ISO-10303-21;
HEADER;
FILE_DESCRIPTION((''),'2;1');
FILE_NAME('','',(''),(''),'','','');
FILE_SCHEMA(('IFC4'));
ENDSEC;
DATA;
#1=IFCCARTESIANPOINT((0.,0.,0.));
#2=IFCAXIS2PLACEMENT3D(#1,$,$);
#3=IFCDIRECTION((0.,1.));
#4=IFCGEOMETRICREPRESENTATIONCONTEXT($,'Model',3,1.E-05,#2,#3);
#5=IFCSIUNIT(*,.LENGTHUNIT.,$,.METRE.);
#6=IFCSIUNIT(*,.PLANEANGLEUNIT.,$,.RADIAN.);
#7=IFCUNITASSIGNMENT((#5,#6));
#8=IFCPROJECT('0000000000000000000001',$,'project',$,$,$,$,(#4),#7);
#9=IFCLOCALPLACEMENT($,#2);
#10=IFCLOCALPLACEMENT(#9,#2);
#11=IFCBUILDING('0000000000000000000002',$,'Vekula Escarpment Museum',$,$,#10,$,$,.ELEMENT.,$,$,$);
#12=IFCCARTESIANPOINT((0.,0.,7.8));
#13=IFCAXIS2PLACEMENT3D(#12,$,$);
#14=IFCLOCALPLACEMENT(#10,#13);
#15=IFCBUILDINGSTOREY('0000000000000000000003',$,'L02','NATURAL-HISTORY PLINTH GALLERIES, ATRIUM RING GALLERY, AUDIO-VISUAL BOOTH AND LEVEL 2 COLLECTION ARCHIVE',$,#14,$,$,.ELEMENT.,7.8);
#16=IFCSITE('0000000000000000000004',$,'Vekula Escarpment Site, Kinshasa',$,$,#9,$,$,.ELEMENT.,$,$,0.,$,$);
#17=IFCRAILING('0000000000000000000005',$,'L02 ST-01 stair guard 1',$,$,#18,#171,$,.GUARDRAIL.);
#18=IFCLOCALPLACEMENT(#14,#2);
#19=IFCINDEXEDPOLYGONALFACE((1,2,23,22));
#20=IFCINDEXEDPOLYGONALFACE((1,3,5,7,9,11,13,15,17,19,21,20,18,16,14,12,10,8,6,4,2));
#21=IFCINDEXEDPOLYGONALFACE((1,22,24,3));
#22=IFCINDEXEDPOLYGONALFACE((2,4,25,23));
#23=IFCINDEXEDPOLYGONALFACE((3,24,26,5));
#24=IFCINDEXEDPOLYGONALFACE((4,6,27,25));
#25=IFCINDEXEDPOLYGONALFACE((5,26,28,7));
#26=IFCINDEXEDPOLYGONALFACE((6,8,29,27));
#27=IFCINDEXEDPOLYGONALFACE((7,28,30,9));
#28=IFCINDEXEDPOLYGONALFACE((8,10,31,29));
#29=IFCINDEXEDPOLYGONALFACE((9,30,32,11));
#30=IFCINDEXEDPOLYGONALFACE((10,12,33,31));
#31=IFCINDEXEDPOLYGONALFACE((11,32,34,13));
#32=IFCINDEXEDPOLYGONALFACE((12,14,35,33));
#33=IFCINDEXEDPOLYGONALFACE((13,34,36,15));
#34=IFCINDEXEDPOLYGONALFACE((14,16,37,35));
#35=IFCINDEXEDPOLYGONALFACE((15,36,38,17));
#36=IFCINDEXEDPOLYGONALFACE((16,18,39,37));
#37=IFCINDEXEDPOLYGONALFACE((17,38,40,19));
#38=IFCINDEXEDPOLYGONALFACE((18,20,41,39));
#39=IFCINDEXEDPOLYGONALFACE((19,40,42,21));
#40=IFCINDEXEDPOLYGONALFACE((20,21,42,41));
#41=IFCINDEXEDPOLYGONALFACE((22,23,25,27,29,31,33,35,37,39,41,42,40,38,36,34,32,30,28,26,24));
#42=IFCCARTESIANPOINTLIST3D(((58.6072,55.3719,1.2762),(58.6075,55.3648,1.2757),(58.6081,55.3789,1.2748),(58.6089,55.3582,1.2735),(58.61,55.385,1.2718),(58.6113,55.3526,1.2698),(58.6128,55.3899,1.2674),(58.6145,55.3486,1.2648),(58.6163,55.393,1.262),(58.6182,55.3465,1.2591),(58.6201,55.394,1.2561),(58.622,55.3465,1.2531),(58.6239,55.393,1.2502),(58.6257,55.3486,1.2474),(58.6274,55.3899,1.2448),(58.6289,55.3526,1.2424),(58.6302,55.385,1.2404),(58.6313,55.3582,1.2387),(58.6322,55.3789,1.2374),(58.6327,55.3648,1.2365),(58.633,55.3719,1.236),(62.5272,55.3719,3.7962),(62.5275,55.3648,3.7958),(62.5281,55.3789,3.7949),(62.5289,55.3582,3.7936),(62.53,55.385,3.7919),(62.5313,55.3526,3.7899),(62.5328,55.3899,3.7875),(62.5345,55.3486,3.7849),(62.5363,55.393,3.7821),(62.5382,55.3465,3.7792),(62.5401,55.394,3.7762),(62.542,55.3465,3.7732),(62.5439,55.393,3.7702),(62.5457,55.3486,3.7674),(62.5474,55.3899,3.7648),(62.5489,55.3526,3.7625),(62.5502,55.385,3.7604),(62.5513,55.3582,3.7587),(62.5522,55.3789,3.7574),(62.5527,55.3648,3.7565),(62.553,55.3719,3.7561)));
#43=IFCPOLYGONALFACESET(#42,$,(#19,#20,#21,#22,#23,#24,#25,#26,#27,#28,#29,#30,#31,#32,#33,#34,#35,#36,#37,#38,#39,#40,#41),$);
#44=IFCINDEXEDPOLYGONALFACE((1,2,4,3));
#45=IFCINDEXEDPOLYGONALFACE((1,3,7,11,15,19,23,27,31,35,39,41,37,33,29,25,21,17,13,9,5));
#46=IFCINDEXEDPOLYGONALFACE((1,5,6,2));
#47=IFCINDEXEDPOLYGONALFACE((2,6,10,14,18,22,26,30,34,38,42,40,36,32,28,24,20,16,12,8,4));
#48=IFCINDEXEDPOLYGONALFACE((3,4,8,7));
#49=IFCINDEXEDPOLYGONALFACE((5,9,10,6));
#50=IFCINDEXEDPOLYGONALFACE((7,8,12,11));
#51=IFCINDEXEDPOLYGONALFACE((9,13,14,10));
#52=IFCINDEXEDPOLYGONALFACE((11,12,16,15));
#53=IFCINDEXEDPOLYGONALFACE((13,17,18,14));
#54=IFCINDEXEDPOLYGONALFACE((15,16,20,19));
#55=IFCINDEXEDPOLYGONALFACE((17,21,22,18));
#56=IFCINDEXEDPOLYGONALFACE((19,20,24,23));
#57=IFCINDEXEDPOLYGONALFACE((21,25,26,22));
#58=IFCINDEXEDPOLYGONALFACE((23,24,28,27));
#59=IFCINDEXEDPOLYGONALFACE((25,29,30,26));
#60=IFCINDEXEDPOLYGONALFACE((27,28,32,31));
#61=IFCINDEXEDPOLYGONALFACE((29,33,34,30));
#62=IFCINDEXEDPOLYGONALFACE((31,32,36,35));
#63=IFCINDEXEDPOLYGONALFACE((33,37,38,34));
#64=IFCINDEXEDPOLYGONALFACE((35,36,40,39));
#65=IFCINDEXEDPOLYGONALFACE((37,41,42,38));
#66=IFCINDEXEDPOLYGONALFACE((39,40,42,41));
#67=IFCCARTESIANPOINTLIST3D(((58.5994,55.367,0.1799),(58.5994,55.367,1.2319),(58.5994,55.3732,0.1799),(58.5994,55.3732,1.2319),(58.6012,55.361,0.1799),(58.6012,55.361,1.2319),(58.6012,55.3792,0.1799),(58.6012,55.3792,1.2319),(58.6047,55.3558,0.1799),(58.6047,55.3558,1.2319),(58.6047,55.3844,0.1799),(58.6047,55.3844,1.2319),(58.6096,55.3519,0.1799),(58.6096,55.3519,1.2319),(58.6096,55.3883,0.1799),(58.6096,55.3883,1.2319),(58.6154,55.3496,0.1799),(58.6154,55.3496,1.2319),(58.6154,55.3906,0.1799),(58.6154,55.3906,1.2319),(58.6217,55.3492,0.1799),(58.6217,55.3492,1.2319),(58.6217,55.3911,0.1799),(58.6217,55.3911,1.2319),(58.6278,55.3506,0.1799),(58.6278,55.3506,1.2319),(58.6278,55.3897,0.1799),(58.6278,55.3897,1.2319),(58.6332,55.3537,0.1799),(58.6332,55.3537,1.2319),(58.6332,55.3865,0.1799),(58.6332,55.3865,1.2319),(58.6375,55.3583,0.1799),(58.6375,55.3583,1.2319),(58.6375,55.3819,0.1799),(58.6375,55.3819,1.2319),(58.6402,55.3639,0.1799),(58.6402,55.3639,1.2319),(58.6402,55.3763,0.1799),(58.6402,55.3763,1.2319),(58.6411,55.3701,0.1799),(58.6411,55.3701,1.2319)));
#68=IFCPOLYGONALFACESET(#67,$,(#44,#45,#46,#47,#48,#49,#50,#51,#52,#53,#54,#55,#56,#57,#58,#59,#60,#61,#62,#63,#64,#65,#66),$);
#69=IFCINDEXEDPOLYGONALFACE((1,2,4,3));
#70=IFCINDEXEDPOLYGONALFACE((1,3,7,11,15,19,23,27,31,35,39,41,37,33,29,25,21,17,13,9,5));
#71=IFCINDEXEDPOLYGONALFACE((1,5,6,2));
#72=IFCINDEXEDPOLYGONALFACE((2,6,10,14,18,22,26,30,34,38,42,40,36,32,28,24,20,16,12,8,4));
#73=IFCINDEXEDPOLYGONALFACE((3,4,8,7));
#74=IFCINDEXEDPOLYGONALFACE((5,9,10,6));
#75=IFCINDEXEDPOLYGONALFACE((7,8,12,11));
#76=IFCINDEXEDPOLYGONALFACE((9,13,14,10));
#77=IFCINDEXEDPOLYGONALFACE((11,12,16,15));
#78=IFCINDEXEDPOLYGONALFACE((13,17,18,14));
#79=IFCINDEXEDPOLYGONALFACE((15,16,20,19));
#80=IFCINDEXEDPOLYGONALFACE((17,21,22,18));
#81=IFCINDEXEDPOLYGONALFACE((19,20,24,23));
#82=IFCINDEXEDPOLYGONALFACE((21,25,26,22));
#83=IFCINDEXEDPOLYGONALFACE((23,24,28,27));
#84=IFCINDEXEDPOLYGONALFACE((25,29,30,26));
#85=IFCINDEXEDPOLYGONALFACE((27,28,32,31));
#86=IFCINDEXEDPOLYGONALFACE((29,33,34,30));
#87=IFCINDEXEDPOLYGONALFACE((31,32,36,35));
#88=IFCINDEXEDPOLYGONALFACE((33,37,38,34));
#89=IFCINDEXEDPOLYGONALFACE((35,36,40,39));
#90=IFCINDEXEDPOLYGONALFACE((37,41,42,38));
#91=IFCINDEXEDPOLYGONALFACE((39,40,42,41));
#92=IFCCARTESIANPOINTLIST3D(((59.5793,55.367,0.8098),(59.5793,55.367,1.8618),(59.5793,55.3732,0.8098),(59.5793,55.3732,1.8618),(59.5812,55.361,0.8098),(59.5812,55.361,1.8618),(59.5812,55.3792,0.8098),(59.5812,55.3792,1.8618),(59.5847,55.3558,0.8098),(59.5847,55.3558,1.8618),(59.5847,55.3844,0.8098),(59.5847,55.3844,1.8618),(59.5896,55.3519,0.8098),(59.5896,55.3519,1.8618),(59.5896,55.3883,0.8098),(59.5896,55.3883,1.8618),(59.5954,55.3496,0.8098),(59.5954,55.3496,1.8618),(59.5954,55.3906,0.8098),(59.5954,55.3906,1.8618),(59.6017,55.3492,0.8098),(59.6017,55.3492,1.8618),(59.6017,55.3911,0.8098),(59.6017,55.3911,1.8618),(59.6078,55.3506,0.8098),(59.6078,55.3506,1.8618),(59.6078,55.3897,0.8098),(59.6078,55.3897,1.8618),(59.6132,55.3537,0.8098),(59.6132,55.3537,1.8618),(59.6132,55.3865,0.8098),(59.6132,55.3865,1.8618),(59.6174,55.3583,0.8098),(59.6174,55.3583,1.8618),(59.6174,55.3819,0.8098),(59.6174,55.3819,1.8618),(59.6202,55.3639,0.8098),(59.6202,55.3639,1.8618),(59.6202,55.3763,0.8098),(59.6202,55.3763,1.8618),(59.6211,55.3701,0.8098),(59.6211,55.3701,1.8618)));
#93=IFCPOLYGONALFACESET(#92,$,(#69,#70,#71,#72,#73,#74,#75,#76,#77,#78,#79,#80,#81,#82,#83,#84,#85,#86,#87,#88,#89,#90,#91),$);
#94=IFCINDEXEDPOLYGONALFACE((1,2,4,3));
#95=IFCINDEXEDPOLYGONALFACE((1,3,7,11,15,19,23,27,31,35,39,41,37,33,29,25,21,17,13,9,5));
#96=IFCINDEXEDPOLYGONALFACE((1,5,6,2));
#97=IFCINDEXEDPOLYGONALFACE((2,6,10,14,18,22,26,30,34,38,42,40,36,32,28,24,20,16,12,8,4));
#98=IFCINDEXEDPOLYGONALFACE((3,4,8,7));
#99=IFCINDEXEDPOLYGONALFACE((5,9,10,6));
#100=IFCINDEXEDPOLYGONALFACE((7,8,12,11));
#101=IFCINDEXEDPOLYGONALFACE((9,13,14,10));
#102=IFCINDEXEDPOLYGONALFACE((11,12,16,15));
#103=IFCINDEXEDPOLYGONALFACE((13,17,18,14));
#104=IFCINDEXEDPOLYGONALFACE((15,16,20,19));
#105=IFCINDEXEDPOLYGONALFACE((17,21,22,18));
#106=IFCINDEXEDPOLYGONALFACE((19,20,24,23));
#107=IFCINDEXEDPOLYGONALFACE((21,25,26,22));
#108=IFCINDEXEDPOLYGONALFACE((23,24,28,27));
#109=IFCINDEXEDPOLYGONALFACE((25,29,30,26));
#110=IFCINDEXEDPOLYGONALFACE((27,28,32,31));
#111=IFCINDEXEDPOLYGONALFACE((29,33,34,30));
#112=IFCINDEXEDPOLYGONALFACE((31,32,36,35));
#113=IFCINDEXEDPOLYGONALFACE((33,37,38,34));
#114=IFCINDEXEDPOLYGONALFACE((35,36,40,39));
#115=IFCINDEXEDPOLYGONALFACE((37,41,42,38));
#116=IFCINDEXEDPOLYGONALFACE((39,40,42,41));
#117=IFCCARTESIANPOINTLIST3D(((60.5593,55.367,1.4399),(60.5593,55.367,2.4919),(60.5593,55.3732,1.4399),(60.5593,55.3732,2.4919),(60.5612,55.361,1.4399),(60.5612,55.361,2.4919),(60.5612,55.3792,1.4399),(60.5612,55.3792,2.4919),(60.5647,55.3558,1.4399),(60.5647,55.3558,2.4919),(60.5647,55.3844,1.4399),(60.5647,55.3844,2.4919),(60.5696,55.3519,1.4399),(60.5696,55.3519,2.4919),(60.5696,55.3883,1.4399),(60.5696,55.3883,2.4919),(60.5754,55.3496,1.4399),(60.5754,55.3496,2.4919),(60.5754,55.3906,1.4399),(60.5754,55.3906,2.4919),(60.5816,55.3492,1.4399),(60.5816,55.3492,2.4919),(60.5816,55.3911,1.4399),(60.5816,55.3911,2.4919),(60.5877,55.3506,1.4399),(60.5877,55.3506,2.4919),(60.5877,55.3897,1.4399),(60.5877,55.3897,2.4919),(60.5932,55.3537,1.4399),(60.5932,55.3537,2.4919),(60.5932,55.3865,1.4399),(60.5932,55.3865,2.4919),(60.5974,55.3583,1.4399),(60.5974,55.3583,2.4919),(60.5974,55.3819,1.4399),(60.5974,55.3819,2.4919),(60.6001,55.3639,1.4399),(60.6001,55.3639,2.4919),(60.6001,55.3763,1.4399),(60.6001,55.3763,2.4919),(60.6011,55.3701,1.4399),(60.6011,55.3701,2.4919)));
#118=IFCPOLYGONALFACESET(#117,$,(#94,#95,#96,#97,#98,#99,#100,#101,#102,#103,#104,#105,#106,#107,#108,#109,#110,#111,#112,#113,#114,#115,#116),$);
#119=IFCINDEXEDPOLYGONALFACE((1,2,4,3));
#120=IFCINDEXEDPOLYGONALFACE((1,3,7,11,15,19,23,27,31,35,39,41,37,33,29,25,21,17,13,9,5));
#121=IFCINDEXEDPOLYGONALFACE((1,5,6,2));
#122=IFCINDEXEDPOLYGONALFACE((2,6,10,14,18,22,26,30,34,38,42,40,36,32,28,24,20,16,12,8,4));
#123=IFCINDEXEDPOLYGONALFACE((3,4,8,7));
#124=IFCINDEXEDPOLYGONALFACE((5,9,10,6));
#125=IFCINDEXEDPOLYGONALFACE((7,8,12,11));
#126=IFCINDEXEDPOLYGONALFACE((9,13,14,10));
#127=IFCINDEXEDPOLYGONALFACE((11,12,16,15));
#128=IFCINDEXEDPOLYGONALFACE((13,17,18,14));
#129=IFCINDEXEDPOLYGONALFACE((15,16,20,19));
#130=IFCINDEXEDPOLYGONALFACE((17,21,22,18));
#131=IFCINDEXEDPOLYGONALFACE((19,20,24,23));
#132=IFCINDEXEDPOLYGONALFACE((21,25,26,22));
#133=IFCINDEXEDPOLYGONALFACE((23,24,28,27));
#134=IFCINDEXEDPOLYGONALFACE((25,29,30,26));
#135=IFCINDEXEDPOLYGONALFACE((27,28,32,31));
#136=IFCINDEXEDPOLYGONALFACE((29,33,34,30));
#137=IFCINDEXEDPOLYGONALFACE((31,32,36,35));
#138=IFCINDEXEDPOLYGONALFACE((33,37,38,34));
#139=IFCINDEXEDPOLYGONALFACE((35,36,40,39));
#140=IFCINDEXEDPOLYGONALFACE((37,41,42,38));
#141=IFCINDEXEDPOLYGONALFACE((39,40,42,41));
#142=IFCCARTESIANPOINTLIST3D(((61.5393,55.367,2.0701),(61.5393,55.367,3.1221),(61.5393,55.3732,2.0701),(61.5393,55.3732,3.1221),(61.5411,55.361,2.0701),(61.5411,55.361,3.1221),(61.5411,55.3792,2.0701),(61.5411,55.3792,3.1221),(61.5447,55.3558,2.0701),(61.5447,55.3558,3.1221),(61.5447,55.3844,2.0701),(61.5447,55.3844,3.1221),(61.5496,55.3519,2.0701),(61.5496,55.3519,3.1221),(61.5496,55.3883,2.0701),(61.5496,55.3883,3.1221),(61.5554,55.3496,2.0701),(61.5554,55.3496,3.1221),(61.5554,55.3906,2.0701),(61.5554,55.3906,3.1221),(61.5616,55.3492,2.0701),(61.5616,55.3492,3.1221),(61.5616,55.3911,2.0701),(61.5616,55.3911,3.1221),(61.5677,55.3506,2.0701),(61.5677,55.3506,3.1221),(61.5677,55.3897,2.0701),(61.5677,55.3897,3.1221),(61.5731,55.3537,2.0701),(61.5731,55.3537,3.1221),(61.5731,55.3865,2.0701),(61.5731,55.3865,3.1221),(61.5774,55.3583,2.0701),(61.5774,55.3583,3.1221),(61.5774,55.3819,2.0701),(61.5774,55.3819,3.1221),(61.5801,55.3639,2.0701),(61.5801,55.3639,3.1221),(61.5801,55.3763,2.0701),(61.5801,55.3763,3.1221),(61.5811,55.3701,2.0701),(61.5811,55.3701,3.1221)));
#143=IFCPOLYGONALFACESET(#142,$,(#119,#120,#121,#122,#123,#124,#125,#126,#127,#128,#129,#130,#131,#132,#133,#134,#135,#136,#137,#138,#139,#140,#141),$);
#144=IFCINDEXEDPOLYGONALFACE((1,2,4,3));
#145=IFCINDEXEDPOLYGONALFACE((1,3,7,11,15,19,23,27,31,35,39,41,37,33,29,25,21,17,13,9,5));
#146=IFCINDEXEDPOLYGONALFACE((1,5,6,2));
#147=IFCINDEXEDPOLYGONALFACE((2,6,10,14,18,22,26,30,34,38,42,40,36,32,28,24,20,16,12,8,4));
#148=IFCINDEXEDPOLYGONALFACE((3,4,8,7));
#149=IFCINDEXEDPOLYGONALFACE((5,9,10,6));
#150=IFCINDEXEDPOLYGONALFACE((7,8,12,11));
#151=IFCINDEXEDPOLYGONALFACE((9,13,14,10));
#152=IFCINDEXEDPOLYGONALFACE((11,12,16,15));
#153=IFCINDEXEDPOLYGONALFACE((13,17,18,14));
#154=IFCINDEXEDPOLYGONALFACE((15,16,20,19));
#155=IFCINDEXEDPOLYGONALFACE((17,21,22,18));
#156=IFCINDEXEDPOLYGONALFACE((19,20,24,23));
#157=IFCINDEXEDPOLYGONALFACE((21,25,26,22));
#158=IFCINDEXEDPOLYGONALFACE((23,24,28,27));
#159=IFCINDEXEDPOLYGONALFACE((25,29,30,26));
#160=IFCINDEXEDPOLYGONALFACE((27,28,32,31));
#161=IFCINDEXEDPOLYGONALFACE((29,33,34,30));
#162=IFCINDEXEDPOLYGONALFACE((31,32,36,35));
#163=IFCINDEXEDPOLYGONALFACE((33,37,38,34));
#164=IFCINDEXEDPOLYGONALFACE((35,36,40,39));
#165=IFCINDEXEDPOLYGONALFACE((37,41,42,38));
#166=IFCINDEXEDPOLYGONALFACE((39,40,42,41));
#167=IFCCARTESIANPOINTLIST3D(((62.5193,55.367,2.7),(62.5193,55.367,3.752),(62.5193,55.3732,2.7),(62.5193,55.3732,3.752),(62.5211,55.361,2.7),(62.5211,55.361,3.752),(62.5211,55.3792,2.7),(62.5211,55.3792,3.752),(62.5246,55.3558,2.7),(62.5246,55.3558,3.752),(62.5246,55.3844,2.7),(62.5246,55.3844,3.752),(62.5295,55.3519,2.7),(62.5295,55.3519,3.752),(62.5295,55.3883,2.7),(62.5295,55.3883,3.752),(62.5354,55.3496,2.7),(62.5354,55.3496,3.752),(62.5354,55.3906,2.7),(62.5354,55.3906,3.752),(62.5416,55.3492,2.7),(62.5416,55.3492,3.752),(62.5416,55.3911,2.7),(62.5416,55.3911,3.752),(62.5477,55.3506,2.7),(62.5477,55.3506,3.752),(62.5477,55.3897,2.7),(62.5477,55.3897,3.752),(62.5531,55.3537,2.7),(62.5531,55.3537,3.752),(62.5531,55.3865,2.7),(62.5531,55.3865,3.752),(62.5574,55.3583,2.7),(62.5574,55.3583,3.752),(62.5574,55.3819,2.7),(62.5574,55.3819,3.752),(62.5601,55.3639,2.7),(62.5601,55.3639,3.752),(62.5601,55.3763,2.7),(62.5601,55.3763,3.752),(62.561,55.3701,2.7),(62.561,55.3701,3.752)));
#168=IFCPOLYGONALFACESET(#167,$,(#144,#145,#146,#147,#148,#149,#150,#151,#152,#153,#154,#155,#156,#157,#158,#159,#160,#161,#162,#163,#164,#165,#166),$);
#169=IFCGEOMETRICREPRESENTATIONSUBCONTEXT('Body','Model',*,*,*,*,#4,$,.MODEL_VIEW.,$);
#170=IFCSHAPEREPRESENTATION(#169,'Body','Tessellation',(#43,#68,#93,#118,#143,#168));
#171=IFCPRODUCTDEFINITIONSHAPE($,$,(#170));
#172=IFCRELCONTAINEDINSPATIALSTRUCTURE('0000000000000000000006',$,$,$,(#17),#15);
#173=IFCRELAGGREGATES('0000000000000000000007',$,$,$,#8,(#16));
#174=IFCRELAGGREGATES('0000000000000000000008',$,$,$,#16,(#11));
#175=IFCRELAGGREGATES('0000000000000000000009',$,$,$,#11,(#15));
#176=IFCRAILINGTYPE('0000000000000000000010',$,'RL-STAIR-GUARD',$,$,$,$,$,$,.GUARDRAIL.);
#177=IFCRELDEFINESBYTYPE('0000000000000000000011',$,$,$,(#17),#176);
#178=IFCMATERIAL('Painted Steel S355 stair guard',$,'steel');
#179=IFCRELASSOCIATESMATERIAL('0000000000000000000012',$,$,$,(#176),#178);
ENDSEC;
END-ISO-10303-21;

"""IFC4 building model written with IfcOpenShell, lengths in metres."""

from ifc_helpers import new_model, si_unit, direction, frame, origin, origin_2d, place, context, subcontext, project, spatial, circle, extrude, material, type_object, element, save


model = new_model("IFC4")

# Units and contexts
model_context = context("Model", 3, precision=1e-05, world=origin(), true_north=direction((0.0, 1.0)))
body_context = subcontext(model_context, "Body", "Model", "MODEL_VIEW")
ifc_project = project(units=[si_unit("LENGTHUNIT", "METRE"), si_unit("PLANEANGLEUNIT", "RADIAN")], contexts=[model_context])

# Site, building, storey
site_placement = place(None, origin())
site = spatial("IfcSite", under=ifc_project, at=site_placement, Name="Vekula Escarpment Site, Kinshasa", CompositionType="ELEMENT", RefElevation=0.0)
building_placement = place(site_placement, origin())
building = spatial("IfcBuilding", under=site, at=building_placement, Name="Vekula Escarpment Museum", CompositionType="ELEMENT")
storey_placement = place(building_placement, frame((0.0, 0.0, 7.8)))
storey = spatial("IfcBuildingStorey", under=building, at=storey_placement, Name="L02", Description="NATURAL-HISTORY PLINTH GALLERIES, ATRIUM RING GALLERY, AUDIO-VISUAL BOOTH AND LEVEL 2 COLLECTION ARCHIVE", CompositionType="ELEMENT", Elevation=7.8)

# Railing
ifc_material_1 = material(Name="Painted Steel S355 stair guard", Category="steel")
railing_type_1 = type_object("IfcRailingType", Name="RL-STAIR-GUARD", PredefinedType="GUARDRAIL", material=ifc_material_1)
railing_1_placement = place(storey_placement, frame((58.6201, 55.3701, 0.1799)))
element("IfcRailing", 1, at=railing_1_placement, inside=storey, type_object=railing_type_1, Name="L02 ST-01 stair guard 1", PredefinedType="GUARDRAIL", context=body_context, shape_type="SweptSolid", body=[
    extrude(circle(Radius=0.0239, at=origin_2d()), frame((0.0, 0.0, 1.0762), z_axis=(0.841172, 0.0, 0.540768), x_axis=(0.0, 1.0, 0.0)), (0.0, 0.0, 1.0), 4.6602),
    extrude(circle(Radius=0.021, at=origin_2d()), origin(), (0.0, 0.0, 1.0), 1.052),
    extrude(circle(Radius=0.021, at=origin_2d()), frame((0.98, 0.0, 0.6299)), (0.0, 0.0, 1.0), 1.052),
    extrude(circle(Radius=0.021, at=origin_2d()), frame((1.96, 0.0, 1.26)), (0.0, 0.0, 1.0), 1.052),
    extrude(circle(Radius=0.021, at=origin_2d()), frame((2.9399, 0.0, 1.8901)), (0.0, 0.0, 1.0), 1.052),
    extrude(circle(Radius=0.021, at=origin_2d()), frame((3.9199, 0.0, 2.52)), (0.0, 0.0, 1.0), 1.052),
])

save(model, "model.ifc")
